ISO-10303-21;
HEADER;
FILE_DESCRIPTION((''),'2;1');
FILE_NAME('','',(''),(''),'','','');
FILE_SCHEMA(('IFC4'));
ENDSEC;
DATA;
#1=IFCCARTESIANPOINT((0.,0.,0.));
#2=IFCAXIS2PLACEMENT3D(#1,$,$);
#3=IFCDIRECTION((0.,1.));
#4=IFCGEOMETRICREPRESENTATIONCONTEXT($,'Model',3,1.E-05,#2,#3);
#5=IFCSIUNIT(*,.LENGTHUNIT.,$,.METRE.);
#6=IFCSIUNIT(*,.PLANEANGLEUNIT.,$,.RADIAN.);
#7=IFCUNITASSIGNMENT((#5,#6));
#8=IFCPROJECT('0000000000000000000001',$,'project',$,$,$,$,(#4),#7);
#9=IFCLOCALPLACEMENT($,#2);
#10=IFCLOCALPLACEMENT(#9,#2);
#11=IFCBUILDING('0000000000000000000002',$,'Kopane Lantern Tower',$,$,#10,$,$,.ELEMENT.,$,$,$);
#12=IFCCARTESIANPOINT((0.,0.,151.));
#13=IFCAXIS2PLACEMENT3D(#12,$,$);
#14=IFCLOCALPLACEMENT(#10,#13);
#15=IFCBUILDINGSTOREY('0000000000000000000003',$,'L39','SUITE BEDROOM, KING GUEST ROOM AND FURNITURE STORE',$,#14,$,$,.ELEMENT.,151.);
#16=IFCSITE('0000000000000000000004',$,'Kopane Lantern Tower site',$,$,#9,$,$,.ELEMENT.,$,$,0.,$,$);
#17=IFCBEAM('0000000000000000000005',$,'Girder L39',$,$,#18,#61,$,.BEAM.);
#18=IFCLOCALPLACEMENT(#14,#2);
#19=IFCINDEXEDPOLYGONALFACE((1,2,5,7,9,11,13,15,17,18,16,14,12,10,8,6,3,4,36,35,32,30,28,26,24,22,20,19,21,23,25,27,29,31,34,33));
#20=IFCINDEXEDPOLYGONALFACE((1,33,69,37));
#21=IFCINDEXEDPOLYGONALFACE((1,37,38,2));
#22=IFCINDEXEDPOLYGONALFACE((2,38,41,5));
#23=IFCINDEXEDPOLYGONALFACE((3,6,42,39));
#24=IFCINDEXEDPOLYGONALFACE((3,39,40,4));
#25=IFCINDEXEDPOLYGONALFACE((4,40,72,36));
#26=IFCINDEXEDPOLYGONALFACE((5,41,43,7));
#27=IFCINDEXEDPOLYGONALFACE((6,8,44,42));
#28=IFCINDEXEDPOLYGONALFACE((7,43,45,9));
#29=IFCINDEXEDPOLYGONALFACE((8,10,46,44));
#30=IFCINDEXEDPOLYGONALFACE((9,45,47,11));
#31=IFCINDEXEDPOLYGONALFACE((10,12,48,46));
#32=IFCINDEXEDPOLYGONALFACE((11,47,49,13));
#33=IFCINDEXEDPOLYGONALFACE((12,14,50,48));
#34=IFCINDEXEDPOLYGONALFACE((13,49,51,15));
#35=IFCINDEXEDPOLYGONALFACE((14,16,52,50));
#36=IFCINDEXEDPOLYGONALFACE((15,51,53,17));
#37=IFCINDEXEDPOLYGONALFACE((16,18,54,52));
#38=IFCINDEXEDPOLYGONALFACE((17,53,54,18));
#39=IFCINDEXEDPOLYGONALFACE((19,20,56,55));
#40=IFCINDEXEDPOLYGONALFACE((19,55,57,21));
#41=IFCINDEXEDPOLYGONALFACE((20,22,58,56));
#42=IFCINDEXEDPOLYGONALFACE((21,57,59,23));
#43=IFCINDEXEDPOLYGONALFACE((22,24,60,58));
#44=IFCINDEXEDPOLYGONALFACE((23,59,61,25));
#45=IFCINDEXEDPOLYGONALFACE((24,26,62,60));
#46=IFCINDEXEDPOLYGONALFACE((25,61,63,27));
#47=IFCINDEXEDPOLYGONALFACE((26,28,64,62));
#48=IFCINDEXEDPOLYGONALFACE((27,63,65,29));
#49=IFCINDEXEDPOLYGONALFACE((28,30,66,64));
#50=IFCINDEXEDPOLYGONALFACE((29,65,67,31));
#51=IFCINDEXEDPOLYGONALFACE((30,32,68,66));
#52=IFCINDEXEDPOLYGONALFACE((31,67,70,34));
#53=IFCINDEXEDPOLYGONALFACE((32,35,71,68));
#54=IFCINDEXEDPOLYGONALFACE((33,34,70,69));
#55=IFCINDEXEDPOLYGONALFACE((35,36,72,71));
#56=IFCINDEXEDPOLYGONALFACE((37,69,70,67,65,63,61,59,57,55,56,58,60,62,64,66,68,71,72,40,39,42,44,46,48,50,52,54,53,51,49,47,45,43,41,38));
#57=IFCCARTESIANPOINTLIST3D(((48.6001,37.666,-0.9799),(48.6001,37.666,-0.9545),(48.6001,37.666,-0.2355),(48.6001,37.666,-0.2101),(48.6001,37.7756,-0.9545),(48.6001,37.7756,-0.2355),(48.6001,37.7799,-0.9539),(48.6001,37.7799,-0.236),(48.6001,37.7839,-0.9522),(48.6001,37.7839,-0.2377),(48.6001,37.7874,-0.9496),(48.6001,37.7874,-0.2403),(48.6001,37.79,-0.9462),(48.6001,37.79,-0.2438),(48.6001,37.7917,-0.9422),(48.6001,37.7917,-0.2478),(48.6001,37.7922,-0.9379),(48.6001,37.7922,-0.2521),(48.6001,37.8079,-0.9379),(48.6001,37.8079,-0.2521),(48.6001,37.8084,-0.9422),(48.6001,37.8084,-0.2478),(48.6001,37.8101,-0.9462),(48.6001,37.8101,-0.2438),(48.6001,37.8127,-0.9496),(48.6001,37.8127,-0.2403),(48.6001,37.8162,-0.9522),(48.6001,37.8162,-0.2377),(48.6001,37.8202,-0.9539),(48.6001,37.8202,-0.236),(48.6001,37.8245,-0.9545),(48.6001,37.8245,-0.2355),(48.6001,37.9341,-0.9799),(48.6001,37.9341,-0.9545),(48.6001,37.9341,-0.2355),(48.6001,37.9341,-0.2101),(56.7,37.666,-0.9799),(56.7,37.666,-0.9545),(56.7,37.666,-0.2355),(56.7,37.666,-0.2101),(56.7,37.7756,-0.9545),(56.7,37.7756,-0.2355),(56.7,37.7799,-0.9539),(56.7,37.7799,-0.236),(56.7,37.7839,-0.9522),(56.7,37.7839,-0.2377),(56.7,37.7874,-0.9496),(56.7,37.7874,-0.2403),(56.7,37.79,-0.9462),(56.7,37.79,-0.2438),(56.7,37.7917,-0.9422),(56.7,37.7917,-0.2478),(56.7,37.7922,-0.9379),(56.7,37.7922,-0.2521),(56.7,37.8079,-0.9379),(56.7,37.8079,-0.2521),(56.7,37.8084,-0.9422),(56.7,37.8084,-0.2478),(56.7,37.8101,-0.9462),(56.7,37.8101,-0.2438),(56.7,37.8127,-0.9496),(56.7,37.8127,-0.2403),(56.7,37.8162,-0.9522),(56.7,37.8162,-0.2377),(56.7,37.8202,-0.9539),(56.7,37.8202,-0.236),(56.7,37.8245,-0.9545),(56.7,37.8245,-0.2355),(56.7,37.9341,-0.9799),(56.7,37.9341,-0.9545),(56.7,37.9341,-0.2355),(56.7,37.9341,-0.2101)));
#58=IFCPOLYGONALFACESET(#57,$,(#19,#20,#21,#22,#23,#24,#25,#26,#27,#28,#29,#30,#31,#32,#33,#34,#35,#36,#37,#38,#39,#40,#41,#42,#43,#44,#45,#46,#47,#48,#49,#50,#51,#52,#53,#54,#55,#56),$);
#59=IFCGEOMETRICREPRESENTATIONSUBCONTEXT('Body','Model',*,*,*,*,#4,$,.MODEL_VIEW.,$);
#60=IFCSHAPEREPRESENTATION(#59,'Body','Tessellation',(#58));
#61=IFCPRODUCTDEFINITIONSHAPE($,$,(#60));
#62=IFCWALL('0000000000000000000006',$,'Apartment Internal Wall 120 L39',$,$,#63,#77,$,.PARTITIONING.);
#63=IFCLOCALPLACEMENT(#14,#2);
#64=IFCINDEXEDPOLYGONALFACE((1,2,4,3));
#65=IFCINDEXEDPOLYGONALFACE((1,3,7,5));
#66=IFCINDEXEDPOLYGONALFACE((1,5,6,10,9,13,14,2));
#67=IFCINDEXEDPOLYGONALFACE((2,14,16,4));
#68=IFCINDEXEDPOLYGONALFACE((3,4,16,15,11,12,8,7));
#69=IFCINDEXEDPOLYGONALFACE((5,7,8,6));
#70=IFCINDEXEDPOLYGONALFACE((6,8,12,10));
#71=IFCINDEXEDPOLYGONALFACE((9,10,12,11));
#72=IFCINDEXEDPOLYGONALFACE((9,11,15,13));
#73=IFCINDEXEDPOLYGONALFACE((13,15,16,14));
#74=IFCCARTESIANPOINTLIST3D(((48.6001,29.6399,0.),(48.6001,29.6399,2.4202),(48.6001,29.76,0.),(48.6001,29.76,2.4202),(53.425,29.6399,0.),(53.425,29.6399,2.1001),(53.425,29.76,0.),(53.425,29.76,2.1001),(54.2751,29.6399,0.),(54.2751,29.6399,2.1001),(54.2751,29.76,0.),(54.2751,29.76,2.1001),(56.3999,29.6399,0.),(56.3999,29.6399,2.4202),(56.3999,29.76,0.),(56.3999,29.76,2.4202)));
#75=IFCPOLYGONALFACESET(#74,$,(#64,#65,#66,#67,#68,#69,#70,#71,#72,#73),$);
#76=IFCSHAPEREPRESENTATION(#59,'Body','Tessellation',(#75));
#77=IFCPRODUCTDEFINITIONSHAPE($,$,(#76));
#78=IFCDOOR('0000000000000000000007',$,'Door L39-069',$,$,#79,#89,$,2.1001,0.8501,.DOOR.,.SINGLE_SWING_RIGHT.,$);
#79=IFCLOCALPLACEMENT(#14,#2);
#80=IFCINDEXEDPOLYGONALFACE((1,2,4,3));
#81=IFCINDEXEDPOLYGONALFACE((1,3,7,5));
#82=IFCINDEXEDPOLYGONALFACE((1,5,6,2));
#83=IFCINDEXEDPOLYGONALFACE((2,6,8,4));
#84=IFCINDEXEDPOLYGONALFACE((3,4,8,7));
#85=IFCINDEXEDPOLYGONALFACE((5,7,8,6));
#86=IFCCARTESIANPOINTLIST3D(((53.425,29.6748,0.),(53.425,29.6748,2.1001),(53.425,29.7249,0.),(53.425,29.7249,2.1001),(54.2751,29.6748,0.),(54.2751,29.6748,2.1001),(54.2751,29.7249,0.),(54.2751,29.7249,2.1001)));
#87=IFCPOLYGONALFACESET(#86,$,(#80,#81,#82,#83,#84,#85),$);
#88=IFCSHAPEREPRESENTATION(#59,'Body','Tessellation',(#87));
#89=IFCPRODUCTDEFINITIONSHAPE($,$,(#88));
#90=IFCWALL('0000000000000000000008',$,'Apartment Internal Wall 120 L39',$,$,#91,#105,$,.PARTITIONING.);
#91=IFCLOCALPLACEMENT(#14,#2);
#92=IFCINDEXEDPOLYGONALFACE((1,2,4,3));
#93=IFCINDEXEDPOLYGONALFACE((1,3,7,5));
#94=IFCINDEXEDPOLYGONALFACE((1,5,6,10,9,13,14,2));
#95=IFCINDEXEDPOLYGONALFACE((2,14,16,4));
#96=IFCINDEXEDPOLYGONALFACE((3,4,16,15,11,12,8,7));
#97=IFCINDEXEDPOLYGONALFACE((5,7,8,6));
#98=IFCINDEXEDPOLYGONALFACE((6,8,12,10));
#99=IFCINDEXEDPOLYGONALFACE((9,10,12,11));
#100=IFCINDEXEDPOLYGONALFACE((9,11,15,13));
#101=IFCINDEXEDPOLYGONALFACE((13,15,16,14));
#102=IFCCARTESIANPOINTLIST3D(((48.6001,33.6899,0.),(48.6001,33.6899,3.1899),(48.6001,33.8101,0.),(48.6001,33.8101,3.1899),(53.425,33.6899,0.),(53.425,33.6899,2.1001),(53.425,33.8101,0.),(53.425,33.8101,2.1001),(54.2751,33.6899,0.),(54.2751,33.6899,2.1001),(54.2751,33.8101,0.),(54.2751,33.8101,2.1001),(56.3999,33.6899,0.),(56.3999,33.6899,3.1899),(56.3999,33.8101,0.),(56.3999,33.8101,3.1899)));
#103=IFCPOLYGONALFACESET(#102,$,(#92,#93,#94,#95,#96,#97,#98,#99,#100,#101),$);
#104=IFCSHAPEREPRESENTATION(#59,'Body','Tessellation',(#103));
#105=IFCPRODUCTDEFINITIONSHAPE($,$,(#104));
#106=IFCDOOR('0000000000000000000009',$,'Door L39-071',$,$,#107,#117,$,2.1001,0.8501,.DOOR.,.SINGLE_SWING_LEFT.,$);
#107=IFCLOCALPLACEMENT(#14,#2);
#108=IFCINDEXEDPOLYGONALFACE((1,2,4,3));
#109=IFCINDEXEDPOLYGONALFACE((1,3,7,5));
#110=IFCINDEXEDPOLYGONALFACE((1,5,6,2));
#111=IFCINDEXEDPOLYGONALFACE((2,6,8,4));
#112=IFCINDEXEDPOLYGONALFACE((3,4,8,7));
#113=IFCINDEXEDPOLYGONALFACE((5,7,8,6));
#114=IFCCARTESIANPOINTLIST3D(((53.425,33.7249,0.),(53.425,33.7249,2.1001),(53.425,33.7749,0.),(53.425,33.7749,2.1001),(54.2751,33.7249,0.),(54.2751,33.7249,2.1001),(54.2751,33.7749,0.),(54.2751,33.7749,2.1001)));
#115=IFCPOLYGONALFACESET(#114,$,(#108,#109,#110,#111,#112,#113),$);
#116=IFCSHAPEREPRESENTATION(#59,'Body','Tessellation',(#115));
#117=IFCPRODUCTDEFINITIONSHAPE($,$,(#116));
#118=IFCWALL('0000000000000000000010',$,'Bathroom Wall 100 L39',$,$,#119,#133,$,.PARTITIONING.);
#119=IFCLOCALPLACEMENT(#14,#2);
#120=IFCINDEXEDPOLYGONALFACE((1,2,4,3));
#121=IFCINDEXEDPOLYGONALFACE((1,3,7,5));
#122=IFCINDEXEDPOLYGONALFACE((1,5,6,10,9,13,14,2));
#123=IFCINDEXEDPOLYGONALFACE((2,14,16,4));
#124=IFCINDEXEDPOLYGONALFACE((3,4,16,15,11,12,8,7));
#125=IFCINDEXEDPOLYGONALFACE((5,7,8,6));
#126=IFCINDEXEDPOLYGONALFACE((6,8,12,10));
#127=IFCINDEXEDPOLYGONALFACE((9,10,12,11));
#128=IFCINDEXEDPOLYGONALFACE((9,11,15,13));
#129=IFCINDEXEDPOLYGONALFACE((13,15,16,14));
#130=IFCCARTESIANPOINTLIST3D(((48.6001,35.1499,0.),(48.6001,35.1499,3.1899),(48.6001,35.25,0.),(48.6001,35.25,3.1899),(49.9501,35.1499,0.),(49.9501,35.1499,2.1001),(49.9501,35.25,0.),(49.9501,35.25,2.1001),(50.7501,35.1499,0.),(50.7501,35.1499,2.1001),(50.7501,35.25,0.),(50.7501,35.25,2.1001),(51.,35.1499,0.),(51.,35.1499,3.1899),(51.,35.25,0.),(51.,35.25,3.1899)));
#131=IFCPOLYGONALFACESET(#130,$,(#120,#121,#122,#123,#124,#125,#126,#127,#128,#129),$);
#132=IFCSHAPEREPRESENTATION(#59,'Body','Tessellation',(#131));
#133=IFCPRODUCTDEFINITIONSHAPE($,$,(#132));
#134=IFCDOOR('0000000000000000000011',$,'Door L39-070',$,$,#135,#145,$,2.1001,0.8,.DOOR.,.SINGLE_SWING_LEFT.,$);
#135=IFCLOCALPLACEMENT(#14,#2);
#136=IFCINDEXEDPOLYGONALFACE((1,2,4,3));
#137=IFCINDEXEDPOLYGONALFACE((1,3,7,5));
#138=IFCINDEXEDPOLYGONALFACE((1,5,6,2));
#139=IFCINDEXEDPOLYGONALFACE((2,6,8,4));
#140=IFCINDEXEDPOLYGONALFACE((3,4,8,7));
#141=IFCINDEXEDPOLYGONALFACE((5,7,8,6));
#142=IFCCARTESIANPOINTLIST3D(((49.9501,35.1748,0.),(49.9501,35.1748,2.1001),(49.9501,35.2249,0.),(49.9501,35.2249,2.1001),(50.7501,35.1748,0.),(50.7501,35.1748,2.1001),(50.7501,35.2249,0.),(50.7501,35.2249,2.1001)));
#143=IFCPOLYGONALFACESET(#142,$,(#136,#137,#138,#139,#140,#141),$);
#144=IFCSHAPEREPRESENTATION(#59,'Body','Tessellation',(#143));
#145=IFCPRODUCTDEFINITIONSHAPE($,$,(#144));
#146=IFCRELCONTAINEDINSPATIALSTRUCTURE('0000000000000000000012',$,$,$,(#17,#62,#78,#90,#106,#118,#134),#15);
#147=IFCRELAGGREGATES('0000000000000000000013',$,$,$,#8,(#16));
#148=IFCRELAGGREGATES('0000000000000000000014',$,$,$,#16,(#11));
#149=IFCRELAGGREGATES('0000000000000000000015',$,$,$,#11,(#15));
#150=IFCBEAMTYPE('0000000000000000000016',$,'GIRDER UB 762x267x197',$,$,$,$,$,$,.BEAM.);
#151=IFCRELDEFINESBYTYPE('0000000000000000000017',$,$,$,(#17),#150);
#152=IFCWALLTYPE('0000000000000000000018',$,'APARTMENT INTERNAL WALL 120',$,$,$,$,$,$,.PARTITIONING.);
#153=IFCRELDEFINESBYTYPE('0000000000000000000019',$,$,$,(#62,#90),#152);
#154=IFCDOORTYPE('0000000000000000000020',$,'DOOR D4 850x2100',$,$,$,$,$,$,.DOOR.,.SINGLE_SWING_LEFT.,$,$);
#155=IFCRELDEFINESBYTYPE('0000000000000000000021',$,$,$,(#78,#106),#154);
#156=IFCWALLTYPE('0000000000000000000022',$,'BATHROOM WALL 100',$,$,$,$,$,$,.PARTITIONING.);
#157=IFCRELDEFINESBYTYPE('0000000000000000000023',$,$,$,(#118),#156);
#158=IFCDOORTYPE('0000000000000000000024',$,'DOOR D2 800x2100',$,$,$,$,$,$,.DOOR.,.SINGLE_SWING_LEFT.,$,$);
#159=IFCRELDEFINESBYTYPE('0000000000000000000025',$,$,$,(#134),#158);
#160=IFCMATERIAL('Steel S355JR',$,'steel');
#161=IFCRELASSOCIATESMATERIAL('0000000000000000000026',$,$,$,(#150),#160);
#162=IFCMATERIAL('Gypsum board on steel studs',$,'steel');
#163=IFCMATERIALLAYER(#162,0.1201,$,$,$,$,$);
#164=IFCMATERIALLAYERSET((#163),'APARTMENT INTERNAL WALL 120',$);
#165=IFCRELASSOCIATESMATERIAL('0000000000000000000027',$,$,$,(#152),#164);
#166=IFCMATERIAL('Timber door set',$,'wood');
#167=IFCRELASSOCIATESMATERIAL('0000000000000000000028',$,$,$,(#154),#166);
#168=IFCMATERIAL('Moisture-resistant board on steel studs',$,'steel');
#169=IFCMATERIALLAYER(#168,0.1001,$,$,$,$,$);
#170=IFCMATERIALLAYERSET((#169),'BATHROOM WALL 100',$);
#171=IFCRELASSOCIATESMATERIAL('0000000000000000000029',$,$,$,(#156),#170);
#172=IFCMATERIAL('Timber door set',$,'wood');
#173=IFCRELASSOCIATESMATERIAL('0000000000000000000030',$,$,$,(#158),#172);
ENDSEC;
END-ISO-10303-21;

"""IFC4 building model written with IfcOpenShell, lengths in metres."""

from ifc_helpers import new_model, si_unit, direction, frame, frame_2d, origin, origin_2d, place, context, subcontext, project, spatial, rectangle, i_section, extrude, material, layer, layer_set, material_profile, profile_set, type_object, element, fill, save


model = new_model("IFC4")

# Units and contexts
model_context = context("Model", 3, precision=1e-05, world=origin(), true_north=direction((0.0, 1.0)))
body_context = subcontext(model_context, "Body", "Model", "MODEL_VIEW")
ifc_project = project(units=[si_unit("LENGTHUNIT", "METRE"), si_unit("PLANEANGLEUNIT", "RADIAN")], contexts=[model_context])

# Site, building, storey
site_placement = place(None, origin())
site = spatial("IfcSite", under=ifc_project, at=site_placement, Name="Kopane Lantern Tower site", CompositionType="ELEMENT", RefElevation=0.0)
building_placement = place(site_placement, origin())
building = spatial("IfcBuilding", under=site, at=building_placement, Name="Kopane Lantern Tower", CompositionType="ELEMENT")
storey_placement = place(building_placement, frame((0.0, 0.0, 151.0)))
storey = spatial("IfcBuildingStorey", under=building, at=storey_placement, Name="L39", Description="SUITE BEDROOM, KING GUEST ROOM AND FURNITURE STORE", CompositionType="ELEMENT", Elevation=151.0)

# Beam
ifc_material_1 = material(Name="Steel S355JR", Category="steel")
ifc_material_profile_1 = material_profile(ifc_material_1, i_section(OverallWidth=0.2681, OverallDepth=0.7698, WebThickness=0.0156, FlangeThickness=0.0254, FilletRadius=0.0166, at=origin_2d()), Name="UB 762x267x197")
ifc_profile_set_1 = profile_set([ifc_material_profile_1], Name="Steel S355JR")
beam_type = type_object("IfcBeamType", Name="GIRDER UB 762x267x197", PredefinedType="BEAM", material=ifc_profile_set_1)
for number, where, z_axis, x_axis, name in (
    (1, (48.6001, 37.8, -0.595), (1.0, 0.0, 0.0), (0.0, 1.0, 0.0), "Girder L39"),
):
    element("IfcBeam", number, at=place(storey_placement, frame(where, z_axis=z_axis, x_axis=x_axis)), inside=storey, type_object=beam_type, Name=name, PredefinedType="BEAM", context=body_context, shape_type="SweptSolid", body=[
        extrude(i_section(OverallWidth=0.2681, OverallDepth=0.7698, WebThickness=0.0156, FlangeThickness=0.0254, FilletRadius=0.0166, at=origin_2d()), origin(), (0.0, 0.0, 1.0), 8.0999),
    ])

# Walls, openings, doors
ifc_material_2 = material(Name="Gypsum board on steel studs", Category="steel")
ifc_layer_1 = layer(ifc_material_2, 0.1201)
ifc_layer_set_1 = layer_set([ifc_layer_1], Name="APARTMENT INTERNAL WALL 120")
wall_type_1 = type_object("IfcWallType", Name="APARTMENT INTERNAL WALL 120", PredefinedType="PARTITIONING", material=ifc_layer_set_1)
wall_1_placement = place(storey_placement, frame((48.6001, 29.7, 0.0), z_axis=(0.0, 0.0, 1.0), x_axis=(1.0, 0.0, 0.0)))
wall_1 = element("IfcWall", 2, at=wall_1_placement, inside=storey, type_object=wall_type_1, Name="Apartment Internal Wall 120 L39", PredefinedType="PARTITIONING", context=body_context, shape_type="SweptSolid", body=[
    extrude(rectangle(XDim=7.7998, YDim=0.1201, at=frame_2d((3.8999, 0.0))), origin(), (0.0, 0.0, 1.0), 2.4202),
])
opening_1_placement = place(wall_1_placement, frame((4.825, 0.0, 0.0)))
opening_1 = element("IfcOpeningElement", 3, at=opening_1_placement, cuts=wall_1, PredefinedType="OPENING", context=body_context, shape_type="SweptSolid", body=[
    extrude(rectangle(XDim=0.8501, YDim=2.1001, at=frame_2d((0.425, 1.05))), frame((0.0, 0.0701, 0.0), z_axis=(0.0, -1.0, 0.0), x_axis=(1.0, 0.0, 0.0)), (0.0, 0.0, 1.0), 0.1401),
])
ifc_material_3 = material(Name="Timber door set", Category="wood")
door_type_1 = type_object("IfcDoorType", Name="DOOR D4 850x2100", OperationType="SINGLE_SWING_LEFT", PredefinedType="DOOR", material=ifc_material_3)
door_1_placement = place(opening_1_placement, origin())
door_1 = element("IfcDoor", 4, at=door_1_placement, inside=storey, type_object=door_type_1, Name="Door L39-069", OperationType="SINGLE_SWING_RIGHT", OverallHeight=2.1001, OverallWidth=0.8501, PredefinedType="DOOR", context=body_context, shape_type="SweptSolid", body=[
    extrude(rectangle(XDim=0.8501, YDim=2.1001, at=frame_2d((0.425, 1.05))), frame((0.0, 0.0249, 0.0), z_axis=(0.0, -1.0, 0.0), x_axis=(1.0, 0.0, 0.0)), (0.0, 0.0, 1.0), 0.05),
])
fill(opening_1, door_1)
wall_2_placement = place(storey_placement, frame((48.6001, 33.75, 0.0), z_axis=(0.0, 0.0, 1.0), x_axis=(1.0, 0.0, 0.0)))
wall_2 = element("IfcWall", 5, at=wall_2_placement, inside=storey, type_object=wall_type_1, Name="Apartment Internal Wall 120 L39", PredefinedType="PARTITIONING", context=body_context, shape_type="SweptSolid", body=[
    extrude(rectangle(XDim=7.7998, YDim=0.1201, at=frame_2d((3.8999, 0.0))), origin(), (0.0, 0.0, 1.0), 3.1899),
])
opening_2_placement = place(wall_2_placement, frame((4.825, 0.0, 0.0)))
opening_2 = element("IfcOpeningElement", 6, at=opening_2_placement, cuts=wall_2, PredefinedType="OPENING", context=body_context, shape_type="SweptSolid", body=[
    extrude(rectangle(XDim=0.8501, YDim=2.1001, at=frame_2d((0.425, 1.05))), frame((0.0, 0.0701, 0.0), z_axis=(0.0, -1.0, 0.0), x_axis=(1.0, 0.0, 0.0)), (0.0, 0.0, 1.0), 0.1401),
])
door_2_placement = place(opening_2_placement, origin())
door_2 = element("IfcDoor", 7, at=door_2_placement, inside=storey, type_object=door_type_1, Name="Door L39-071", OperationType="SINGLE_SWING_LEFT", OverallHeight=2.1001, OverallWidth=0.8501, PredefinedType="DOOR", context=body_context, shape_type="SweptSolid", body=[
    extrude(rectangle(XDim=0.8501, YDim=2.1001, at=frame_2d((0.425, 1.05))), frame((0.0, 0.0249, 0.0), z_axis=(0.0, -1.0, 0.0), x_axis=(1.0, 0.0, 0.0)), (0.0, 0.0, 1.0), 0.05),
])
fill(opening_2, door_2)
ifc_material_4 = material(Name="Moisture-resistant board on steel studs", Category="steel")
ifc_layer_2 = layer(ifc_material_4, 0.1001)
ifc_layer_set_2 = layer_set([ifc_layer_2], Name="BATHROOM WALL 100")
wall_type_2 = type_object("IfcWallType", Name="BATHROOM WALL 100", PredefinedType="PARTITIONING", material=ifc_layer_set_2)
wall_3_placement = place(storey_placement, frame((48.6001, 35.2, 0.0), z_axis=(0.0, 0.0, 1.0), x_axis=(1.0, 0.0, 0.0)))
wall_3 = element("IfcWall", 8, at=wall_3_placement, inside=storey, type_object=wall_type_2, Name="Bathroom Wall 100 L39", PredefinedType="PARTITIONING", context=body_context, shape_type="SweptSolid", body=[
    extrude(rectangle(XDim=2.3999, YDim=0.1001, at=frame_2d((1.2, 0.0))), origin(), (0.0, 0.0, 1.0), 3.1899),
])
opening_3_placement = place(wall_3_placement, frame((1.3501, 0.0, 0.0)))
opening_3 = element("IfcOpeningElement", 9, at=opening_3_placement, cuts=wall_3, PredefinedType="OPENING", context=body_context, shape_type="SweptSolid", body=[
    extrude(rectangle(XDim=0.8, YDim=2.1001, at=frame_2d((0.3999, 1.05))), frame((0.0, 0.0601, 0.0), z_axis=(0.0, -1.0, 0.0), x_axis=(1.0, 0.0, 0.0)), (0.0, 0.0, 1.0), 0.1201),
])
ifc_material_5 = material(Name="Timber door set", Category="wood")
door_type_2 = type_object("IfcDoorType", Name="DOOR D2 800x2100", OperationType="SINGLE_SWING_LEFT", PredefinedType="DOOR", material=ifc_material_5)
door_3_placement = place(opening_3_placement, origin())
door_3 = element("IfcDoor", 10, at=door_3_placement, inside=storey, type_object=door_type_2, Name="Door L39-070", OperationType="SINGLE_SWING_LEFT", OverallHeight=2.1001, OverallWidth=0.8, PredefinedType="DOOR", context=body_context, shape_type="SweptSolid", body=[
    extrude(rectangle(XDim=0.8, YDim=2.1001, at=frame_2d((0.3999, 1.05))), frame((0.0, 0.0249, 0.0), z_axis=(0.0, -1.0, 0.0), x_axis=(1.0, 0.0, 0.0)), (0.0, 0.0, 1.0), 0.05),
])
fill(opening_3, door_3)

save(model, "model.ifc")
